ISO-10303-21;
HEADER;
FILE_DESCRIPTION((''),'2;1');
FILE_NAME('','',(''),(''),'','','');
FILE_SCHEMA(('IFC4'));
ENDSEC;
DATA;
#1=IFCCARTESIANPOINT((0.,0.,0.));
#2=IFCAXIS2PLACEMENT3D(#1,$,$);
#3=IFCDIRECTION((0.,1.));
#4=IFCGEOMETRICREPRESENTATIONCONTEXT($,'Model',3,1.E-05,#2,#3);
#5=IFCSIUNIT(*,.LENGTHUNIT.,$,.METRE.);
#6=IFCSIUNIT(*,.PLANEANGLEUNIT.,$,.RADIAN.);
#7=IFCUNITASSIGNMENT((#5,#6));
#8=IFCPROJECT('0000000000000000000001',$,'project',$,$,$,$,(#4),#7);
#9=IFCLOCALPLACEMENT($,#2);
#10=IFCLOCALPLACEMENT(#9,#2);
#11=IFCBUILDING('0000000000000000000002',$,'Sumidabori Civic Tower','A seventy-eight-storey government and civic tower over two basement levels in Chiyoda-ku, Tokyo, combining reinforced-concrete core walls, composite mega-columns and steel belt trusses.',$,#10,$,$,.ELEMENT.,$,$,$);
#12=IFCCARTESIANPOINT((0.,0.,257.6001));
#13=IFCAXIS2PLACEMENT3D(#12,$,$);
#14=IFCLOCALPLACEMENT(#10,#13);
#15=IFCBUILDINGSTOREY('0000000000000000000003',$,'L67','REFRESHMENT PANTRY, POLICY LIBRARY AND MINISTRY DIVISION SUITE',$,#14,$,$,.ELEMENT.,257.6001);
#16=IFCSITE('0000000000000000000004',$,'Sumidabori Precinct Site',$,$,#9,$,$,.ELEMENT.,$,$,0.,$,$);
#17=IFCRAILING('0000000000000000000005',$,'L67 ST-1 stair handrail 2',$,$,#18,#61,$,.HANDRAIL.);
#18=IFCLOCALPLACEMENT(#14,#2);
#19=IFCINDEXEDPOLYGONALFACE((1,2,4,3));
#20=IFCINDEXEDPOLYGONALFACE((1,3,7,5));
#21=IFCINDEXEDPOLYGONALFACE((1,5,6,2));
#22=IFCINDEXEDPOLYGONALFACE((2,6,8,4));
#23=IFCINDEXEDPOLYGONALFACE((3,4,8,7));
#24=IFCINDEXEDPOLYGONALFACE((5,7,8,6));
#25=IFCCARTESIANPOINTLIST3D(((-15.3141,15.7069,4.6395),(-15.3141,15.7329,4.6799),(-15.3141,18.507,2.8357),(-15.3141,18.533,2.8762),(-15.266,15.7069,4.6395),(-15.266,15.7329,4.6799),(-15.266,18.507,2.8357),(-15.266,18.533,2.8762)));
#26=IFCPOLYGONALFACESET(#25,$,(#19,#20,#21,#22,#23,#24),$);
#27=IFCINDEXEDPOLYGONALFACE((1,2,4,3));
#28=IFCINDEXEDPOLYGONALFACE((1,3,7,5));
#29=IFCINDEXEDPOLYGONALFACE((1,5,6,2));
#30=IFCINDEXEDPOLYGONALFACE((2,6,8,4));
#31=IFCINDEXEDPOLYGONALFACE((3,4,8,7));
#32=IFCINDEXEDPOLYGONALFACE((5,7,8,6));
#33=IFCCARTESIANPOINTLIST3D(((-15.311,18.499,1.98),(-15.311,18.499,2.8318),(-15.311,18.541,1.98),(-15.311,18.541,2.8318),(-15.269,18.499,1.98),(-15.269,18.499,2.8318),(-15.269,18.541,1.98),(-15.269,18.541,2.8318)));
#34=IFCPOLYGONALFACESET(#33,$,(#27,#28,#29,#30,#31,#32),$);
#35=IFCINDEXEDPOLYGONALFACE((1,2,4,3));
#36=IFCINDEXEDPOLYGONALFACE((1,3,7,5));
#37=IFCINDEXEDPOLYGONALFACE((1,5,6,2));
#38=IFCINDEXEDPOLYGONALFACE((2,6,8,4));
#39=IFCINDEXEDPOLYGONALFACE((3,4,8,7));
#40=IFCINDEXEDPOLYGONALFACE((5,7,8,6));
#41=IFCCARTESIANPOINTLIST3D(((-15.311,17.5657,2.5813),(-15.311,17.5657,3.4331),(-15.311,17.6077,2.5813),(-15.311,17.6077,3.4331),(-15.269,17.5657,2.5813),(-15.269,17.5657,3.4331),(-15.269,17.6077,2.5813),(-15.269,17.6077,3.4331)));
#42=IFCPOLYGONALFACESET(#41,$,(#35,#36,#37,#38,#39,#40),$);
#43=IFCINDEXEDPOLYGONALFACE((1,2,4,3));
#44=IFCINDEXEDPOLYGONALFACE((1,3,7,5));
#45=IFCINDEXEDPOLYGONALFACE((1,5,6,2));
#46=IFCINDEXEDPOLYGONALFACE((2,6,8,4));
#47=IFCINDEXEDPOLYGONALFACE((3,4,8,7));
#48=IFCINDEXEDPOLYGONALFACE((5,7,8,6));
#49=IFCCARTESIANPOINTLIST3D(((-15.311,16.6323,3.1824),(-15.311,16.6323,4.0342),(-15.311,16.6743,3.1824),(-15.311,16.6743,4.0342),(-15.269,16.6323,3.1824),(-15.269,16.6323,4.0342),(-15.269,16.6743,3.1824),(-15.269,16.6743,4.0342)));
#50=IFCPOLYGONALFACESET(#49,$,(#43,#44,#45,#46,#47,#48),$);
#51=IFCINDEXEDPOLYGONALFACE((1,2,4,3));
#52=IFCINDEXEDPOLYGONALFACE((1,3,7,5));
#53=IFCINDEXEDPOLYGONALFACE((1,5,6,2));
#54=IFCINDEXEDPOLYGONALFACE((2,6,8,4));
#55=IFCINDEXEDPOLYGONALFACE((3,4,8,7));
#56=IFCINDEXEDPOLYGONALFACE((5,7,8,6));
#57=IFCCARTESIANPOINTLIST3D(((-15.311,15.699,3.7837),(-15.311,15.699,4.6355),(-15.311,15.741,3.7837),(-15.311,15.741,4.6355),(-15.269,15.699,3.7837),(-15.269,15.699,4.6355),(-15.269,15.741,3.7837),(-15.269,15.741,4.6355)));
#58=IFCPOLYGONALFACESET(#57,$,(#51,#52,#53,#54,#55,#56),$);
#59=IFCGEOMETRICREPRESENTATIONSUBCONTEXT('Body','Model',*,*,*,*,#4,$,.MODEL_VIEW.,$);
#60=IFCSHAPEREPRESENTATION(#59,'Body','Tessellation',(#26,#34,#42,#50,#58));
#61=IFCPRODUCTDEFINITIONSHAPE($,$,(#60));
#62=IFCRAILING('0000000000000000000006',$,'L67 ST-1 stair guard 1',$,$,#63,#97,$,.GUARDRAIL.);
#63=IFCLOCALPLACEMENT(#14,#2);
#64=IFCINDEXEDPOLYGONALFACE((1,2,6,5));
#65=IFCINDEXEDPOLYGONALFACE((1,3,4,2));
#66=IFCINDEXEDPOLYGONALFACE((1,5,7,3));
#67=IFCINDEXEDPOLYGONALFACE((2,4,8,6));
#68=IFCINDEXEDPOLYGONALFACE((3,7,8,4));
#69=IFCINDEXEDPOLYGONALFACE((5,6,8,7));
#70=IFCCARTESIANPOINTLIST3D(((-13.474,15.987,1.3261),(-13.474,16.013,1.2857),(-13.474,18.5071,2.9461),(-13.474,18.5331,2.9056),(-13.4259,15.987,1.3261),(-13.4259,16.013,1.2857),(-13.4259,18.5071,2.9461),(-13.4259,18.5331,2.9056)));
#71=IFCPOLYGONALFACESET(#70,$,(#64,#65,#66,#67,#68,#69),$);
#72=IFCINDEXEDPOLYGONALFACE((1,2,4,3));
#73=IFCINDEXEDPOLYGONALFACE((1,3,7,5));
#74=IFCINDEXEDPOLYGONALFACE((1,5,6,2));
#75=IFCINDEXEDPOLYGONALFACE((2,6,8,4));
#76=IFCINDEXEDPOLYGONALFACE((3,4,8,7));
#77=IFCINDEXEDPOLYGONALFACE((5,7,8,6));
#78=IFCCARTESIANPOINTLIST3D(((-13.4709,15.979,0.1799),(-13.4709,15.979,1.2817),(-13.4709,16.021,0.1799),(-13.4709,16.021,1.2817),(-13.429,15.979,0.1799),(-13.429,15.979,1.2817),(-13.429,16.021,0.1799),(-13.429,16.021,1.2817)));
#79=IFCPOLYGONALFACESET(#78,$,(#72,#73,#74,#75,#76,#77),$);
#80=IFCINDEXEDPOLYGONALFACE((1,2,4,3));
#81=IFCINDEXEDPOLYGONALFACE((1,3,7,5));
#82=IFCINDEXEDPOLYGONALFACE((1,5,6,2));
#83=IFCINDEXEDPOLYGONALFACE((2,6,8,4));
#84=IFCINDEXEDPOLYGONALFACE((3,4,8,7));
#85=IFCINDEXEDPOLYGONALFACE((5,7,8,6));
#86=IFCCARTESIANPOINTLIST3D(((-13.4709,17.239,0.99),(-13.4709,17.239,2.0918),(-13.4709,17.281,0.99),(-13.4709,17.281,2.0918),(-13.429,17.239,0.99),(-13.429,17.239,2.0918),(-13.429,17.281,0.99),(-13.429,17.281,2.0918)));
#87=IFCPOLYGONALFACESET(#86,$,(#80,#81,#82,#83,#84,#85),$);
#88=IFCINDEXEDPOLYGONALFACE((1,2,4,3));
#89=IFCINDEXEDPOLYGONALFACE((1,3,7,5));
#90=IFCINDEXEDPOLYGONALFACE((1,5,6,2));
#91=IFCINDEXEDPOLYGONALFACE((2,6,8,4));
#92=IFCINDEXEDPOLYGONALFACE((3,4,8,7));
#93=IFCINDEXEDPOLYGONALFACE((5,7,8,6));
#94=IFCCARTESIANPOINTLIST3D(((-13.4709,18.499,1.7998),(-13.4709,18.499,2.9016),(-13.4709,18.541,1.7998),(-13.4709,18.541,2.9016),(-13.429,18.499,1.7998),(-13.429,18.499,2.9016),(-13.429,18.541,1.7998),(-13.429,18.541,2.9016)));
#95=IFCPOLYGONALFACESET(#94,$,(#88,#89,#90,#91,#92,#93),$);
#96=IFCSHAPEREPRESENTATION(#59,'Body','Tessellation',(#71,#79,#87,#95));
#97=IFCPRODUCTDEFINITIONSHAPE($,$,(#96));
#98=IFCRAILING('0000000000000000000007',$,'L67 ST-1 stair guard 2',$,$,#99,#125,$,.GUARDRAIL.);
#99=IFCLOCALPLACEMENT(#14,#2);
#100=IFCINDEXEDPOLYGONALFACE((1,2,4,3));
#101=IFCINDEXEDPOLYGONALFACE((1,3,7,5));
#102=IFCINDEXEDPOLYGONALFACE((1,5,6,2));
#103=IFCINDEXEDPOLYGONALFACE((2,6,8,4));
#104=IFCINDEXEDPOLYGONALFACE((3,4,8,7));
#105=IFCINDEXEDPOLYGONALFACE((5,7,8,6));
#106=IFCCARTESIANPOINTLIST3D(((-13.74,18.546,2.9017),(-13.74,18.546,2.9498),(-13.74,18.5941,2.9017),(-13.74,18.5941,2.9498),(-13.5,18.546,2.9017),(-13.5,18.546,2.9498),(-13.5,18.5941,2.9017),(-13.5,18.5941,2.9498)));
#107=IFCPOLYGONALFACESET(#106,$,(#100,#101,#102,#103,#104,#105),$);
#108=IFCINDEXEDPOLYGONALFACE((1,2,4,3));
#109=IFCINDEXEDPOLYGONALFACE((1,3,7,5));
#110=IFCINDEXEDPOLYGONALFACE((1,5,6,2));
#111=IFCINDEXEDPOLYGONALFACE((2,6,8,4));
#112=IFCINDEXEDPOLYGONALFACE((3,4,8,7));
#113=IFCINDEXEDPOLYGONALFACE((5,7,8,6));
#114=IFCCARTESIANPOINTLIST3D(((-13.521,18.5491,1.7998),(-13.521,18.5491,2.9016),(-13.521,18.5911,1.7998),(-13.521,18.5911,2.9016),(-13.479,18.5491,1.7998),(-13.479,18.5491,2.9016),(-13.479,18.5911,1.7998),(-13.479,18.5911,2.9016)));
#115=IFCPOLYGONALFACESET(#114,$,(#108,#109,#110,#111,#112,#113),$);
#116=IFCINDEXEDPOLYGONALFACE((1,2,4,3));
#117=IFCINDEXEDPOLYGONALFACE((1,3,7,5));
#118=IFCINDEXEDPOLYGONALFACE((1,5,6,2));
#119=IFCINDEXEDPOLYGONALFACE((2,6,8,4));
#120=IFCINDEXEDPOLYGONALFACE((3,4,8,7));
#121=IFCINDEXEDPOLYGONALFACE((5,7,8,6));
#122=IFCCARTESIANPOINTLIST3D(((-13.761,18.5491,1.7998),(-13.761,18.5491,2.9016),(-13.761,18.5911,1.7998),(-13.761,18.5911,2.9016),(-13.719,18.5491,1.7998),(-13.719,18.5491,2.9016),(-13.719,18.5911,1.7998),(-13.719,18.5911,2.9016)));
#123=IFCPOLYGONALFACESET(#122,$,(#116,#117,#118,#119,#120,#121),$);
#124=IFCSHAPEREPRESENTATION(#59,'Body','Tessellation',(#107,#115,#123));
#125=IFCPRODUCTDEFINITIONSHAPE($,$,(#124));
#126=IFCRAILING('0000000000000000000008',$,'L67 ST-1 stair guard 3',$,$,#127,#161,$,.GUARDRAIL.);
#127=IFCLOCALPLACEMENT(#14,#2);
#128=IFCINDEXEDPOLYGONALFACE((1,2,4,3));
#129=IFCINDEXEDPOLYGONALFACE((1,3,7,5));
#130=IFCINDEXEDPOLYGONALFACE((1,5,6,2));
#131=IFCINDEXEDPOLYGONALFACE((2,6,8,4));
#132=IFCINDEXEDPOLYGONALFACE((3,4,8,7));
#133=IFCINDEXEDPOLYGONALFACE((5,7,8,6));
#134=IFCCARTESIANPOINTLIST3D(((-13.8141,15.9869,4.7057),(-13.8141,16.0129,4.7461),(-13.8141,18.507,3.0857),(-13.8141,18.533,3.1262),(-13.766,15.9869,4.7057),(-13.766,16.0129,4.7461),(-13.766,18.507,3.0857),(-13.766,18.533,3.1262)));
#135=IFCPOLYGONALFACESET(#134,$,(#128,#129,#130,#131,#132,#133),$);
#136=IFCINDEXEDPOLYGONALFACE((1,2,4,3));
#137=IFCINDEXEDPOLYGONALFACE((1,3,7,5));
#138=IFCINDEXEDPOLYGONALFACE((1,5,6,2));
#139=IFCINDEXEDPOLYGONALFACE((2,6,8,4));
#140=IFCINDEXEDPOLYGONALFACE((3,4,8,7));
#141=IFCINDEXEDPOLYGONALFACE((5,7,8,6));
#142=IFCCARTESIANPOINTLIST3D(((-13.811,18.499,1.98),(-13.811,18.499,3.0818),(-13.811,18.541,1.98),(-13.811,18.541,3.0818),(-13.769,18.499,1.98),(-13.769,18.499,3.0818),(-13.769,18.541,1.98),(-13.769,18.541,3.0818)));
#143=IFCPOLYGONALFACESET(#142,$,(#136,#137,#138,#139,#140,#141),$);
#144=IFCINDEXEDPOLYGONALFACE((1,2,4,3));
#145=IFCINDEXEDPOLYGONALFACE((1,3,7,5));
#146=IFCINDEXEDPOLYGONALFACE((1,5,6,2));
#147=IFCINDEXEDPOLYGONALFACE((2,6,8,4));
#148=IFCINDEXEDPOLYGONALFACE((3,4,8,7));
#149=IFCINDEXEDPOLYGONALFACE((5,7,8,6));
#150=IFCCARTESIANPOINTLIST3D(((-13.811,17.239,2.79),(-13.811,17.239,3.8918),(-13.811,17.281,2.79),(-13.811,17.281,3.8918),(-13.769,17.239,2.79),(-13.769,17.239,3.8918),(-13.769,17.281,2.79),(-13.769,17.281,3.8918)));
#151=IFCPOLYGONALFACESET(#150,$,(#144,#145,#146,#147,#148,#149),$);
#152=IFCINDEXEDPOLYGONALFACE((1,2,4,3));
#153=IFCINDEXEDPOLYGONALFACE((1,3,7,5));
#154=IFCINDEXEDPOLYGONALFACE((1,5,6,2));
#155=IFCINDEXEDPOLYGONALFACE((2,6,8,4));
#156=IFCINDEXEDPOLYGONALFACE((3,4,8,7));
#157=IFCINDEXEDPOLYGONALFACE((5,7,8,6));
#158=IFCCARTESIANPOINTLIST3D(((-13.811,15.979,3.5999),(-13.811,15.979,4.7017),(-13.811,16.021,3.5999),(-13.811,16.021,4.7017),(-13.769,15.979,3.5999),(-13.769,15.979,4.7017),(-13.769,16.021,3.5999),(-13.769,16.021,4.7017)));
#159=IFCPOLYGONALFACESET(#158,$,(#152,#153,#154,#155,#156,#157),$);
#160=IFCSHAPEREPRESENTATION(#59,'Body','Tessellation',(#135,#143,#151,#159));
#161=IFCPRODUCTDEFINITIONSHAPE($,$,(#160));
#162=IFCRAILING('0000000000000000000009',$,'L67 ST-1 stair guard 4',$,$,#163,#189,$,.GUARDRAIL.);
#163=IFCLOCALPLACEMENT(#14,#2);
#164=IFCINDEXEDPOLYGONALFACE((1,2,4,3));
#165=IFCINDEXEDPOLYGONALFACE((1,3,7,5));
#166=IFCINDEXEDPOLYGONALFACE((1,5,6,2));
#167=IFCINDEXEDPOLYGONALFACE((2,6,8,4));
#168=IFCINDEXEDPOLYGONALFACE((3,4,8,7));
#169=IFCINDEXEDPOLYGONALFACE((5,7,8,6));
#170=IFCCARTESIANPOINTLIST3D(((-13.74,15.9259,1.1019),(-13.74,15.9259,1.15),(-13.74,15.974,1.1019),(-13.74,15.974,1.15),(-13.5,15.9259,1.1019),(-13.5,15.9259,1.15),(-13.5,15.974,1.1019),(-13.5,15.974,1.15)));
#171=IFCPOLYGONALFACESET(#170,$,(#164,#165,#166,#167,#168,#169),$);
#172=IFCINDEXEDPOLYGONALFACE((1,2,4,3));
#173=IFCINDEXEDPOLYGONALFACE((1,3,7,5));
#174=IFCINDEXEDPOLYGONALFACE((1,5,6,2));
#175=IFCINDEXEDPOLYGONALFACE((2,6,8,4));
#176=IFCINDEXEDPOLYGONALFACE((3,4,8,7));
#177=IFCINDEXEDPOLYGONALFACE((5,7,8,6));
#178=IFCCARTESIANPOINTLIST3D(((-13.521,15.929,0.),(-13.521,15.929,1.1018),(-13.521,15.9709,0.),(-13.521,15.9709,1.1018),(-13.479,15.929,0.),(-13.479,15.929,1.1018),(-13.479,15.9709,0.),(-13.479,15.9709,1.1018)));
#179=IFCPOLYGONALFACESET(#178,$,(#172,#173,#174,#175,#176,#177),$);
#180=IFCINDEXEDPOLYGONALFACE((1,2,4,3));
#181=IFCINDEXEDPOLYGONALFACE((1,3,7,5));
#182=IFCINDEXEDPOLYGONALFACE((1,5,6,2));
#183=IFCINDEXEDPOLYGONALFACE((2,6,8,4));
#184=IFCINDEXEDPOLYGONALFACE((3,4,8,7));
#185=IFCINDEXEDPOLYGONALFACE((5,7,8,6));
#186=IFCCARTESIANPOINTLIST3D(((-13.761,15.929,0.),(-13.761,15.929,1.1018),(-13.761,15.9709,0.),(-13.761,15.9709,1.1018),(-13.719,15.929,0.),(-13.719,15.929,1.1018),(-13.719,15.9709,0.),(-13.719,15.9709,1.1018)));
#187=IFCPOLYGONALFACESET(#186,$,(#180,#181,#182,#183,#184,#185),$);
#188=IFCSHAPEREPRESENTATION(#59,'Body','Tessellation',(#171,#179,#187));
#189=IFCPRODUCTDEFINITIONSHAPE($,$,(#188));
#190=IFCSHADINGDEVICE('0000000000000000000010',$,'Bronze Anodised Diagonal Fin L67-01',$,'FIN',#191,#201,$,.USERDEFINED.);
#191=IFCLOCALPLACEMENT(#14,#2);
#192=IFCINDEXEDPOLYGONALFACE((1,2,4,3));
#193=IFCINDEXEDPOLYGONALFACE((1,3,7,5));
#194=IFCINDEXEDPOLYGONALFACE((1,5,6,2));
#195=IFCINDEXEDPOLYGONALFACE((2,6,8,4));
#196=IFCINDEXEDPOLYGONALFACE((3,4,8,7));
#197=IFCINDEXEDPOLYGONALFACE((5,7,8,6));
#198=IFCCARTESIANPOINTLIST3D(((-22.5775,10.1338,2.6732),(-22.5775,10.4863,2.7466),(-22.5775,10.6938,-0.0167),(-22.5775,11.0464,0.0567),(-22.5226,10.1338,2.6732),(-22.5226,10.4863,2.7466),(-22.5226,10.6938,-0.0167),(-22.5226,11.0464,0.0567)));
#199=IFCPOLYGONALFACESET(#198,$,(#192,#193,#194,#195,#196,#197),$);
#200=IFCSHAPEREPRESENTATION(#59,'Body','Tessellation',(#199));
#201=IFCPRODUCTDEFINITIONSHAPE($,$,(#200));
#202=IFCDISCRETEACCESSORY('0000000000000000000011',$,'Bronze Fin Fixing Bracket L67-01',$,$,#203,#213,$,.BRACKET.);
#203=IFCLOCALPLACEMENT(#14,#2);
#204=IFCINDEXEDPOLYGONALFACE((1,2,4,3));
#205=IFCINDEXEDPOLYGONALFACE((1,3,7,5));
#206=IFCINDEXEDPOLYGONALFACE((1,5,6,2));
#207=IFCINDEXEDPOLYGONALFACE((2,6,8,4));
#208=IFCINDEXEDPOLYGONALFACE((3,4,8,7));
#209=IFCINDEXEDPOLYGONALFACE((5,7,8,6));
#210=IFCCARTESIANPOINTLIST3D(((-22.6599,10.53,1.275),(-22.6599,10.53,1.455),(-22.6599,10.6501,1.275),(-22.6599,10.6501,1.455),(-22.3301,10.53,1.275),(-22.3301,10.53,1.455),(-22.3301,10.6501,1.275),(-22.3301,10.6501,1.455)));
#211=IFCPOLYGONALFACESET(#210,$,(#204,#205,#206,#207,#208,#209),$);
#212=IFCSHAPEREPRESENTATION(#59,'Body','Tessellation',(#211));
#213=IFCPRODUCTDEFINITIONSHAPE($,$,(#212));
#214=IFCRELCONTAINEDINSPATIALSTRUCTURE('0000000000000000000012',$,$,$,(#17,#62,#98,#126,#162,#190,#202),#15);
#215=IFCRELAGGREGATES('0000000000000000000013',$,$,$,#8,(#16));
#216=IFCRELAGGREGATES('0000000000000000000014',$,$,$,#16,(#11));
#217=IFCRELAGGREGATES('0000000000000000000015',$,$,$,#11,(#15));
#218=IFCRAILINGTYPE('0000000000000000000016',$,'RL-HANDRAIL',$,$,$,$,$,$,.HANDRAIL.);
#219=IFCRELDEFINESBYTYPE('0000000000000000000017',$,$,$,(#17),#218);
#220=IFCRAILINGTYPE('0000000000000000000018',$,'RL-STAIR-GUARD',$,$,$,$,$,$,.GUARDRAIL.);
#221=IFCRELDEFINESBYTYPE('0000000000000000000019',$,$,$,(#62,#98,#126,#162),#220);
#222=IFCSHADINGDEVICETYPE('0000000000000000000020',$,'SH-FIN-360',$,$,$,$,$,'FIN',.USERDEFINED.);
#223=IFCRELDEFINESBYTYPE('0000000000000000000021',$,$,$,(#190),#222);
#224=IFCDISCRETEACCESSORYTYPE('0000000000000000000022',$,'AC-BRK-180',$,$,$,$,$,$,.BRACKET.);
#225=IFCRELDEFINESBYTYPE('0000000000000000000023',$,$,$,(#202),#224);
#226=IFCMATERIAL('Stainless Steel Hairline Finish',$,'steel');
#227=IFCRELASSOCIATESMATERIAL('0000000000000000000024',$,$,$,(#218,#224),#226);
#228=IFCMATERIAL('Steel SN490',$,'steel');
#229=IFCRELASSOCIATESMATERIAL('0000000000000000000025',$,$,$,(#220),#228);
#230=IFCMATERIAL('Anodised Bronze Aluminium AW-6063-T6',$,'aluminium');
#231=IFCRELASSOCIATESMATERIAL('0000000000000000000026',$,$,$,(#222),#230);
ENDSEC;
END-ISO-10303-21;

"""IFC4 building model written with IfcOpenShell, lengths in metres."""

from ifc_helpers import new_model, si_unit, direction, frame, origin, origin_2d, place, context, subcontext, project, spatial, rectangle, extrude, source, transform, mapped, material, material_profile, profile_set, type_object, element, save


model = new_model("IFC4")

# Units and contexts
model_context = context("Model", 3, precision=1e-05, world=origin(), true_north=direction((0.0, 1.0)))
body_context = subcontext(model_context, "Body", "Model", "MODEL_VIEW")
ifc_project = project(units=[si_unit("LENGTHUNIT", "METRE"), si_unit("PLANEANGLEUNIT", "RADIAN")], contexts=[model_context])

# Site, building, storey
site_placement = place(None, origin())
site = spatial("IfcSite", under=ifc_project, at=site_placement, Name="Sumidabori Precinct Site", CompositionType="ELEMENT", RefElevation=0.0)
building_placement = place(site_placement, origin())
building = spatial("IfcBuilding", under=site, at=building_placement, Name="Sumidabori Civic Tower", Description="A seventy-eight-storey government and civic tower over two basement levels in Chiyoda-ku, Tokyo, combining reinforced-concrete core walls, composite mega-columns and steel belt trusses.", CompositionType="ELEMENT")
storey_placement = place(building_placement, frame((0.0, 0.0, 257.6001)))
storey = spatial("IfcBuildingStorey", under=building, at=storey_placement, Name="L67", Description="REFRESHMENT PANTRY, POLICY LIBRARY AND MINISTRY DIVISION SUITE", CompositionType="ELEMENT", Elevation=257.6001)

# Shared definitions
ifc_material_1 = material(Name="Steel SN490", Category="steel")

# Shared definitions
ifc_material_2 = material(Name="Anodised Bronze Aluminium AW-6063-T6", Category="aluminium")

# Railings
ifc_material_3 = material(Name="Stainless Steel Hairline Finish", Category="steel")
railing_type_1 = type_object("IfcRailingType", Name="RL-HANDRAIL", PredefinedType="HANDRAIL", material=ifc_material_3)
railing_1_placement = place(storey_placement, frame((-15.29, 18.52, 1.98)))
element("IfcRailing", 1, at=railing_1_placement, inside=storey, type_object=railing_type_1, Name="L67 ST-1 stair handrail 2", PredefinedType="HANDRAIL", context=body_context, shape_type="SweptSolid", body=[
    extrude(rectangle(XDim=0.0481, YDim=0.0481, at=origin_2d()), frame((0.0, 0.0, 0.876), z_axis=(0.0, -0.840676, 0.541539), x_axis=(1.0, 0.0, 0.0)), (0.0, 0.0, 1.0), 3.3308),
    extrude(rectangle(XDim=0.042, YDim=0.042, at=origin_2d()), origin(), (0.0, 0.0, 1.0), 0.8518),
    extrude(rectangle(XDim=0.042, YDim=0.042, at=origin_2d()), frame((0.0, -0.9333, 0.6013)), (0.0, 0.0, 1.0), 0.8518),
    extrude(rectangle(XDim=0.042, YDim=0.042, at=origin_2d()), frame((0.0, -1.8667, 1.2024)), (0.0, 0.0, 1.0), 0.8518),
    extrude(rectangle(XDim=0.042, YDim=0.042, at=origin_2d()), frame((0.0, -2.8, 1.8037)), (0.0, 0.0, 1.0), 0.8518),
])
railing_type_2 = type_object("IfcRailingType", Name="RL-STAIR-GUARD", PredefinedType="GUARDRAIL", material=ifc_material_1)
railing_2_placement = place(storey_placement, frame((-13.45, 16.0, 0.1799)))
element("IfcRailing", 2, at=railing_2_placement, inside=storey, type_object=railing_type_2, Name="L67 ST-1 stair guard 1", PredefinedType="GUARDRAIL", context=body_context, shape_type="SweptSolid", body=[
    extrude(rectangle(XDim=0.0481, YDim=0.0481, at=origin_2d()), frame((0.0, 0.0, 1.126), z_axis=(0.0, 0.8412, 0.540725), x_axis=(-1.0, 0.0, 0.0)), (0.0, 0.0, 1.0), 2.9958),
    extrude(rectangle(XDim=0.042, YDim=0.042, at=origin_2d()), origin(), (0.0, 0.0, 1.0), 1.1018),
    extrude(rectangle(XDim=0.042, YDim=0.042, at=origin_2d()), frame((0.0, 1.26, 0.8101)), (0.0, 0.0, 1.0), 1.1018),
    extrude(rectangle(XDim=0.042, YDim=0.042, at=origin_2d()), frame((0.0, 2.52, 1.6199)), (0.0, 0.0, 1.0), 1.1018),
])
railing_3_placement = place(storey_placement, frame((-13.5, 18.5701, 1.7998)))
element("IfcRailing", 3, at=railing_3_placement, inside=storey, type_object=railing_type_2, Name="L67 ST-1 stair guard 2", PredefinedType="GUARDRAIL", context=body_context, shape_type="SweptSolid", body=[
    extrude(rectangle(XDim=0.0481, YDim=0.0481, at=origin_2d()), frame((0.0, 0.0, 1.126), z_axis=(-1.0, 0.0, 0.0), x_axis=(0.0, -1.0, 0.0)), (0.0, 0.0, 1.0), 0.24),
    extrude(rectangle(XDim=0.042, YDim=0.042, at=origin_2d()), origin(), (0.0, 0.0, 1.0), 1.1018),
    extrude(rectangle(XDim=0.042, YDim=0.042, at=origin_2d()), frame((-0.24, 0.0, 0.0)), (0.0, 0.0, 1.0), 1.1018),
])
railing_4_placement = place(storey_placement, frame((-13.79, 18.52, 1.98)))
element("IfcRailing", 4, at=railing_4_placement, inside=storey, type_object=railing_type_2, Name="L67 ST-1 stair guard 3", PredefinedType="GUARDRAIL", context=body_context, shape_type="SweptSolid", body=[
    extrude(rectangle(XDim=0.0481, YDim=0.0481, at=origin_2d()), frame((0.0, 0.0, 1.126), z_axis=(0.0, -0.8412, 0.540725), x_axis=(1.0, 0.0, 0.0)), (0.0, 0.0, 1.0), 2.9958),
    extrude(rectangle(XDim=0.042, YDim=0.042, at=origin_2d()), origin(), (0.0, 0.0, 1.0), 1.1018),
    extrude(rectangle(XDim=0.042, YDim=0.042, at=origin_2d()), frame((0.0, -1.26, 0.8101)), (0.0, 0.0, 1.0), 1.1018),
    extrude(rectangle(XDim=0.042, YDim=0.042, at=origin_2d()), frame((0.0, -2.52, 1.6199)), (0.0, 0.0, 1.0), 1.1018),
])
railing_5_placement = place(storey_placement, frame((-13.5, 15.95, 0.0)))
element("IfcRailing", 5, at=railing_5_placement, inside=storey, type_object=railing_type_2, Name="L67 ST-1 stair guard 4", PredefinedType="GUARDRAIL", context=body_context, shape_type="SweptSolid", body=[
    extrude(rectangle(XDim=0.0481, YDim=0.0481, at=origin_2d()), frame((0.0, 0.0, 1.126), z_axis=(-1.0, 0.0, 0.0), x_axis=(0.0, -1.0, 0.0)), (0.0, 0.0, 1.0), 0.24),
    extrude(rectangle(XDim=0.042, YDim=0.042, at=origin_2d()), origin(), (0.0, 0.0, 1.0), 1.1018),
    extrude(rectangle(XDim=0.042, YDim=0.042, at=origin_2d()), frame((-0.24, 0.0, 0.0)), (0.0, 0.0, 1.0), 1.1018),
])

# Shading device
ifc_material_profile_1 = material_profile(ifc_material_2, rectangle(XDim=0.0549, YDim=0.3601, at=origin_2d()), Name="BRONZE FIN 360x55")
ifc_profile_set_1 = profile_set([ifc_material_profile_1], Name="Anodised Bronze Aluminium AW-6063-T6")
shading_device_type = type_object("IfcShadingDeviceType", Name="SH-FIN-360", ElementType="FIN", PredefinedType="USERDEFINED", material=ifc_profile_set_1)
shared_shape_1 = source(origin(), body_context, "Body", "SweptSolid", [
    extrude(rectangle(XDim=0.0549, YDim=0.3601, at=origin_2d()), origin(), (0.0, 0.0, 1.0), 2.7476),
])
shading_device_placement = place(storey_placement, frame((-22.55, 10.8701, 0.02), z_axis=(0.0, -0.203834, 0.979006), x_axis=(-1.0, 0.0, 0.0)))
element("IfcShadingDevice", 6, at=shading_device_placement, inside=storey, type_object=shading_device_type, Name="Bronze Anodised Diagonal Fin L67-01", ObjectType="FIN", PredefinedType="USERDEFINED", context=body_context, shape_type="MappedRepresentation", body=[
    mapped(shared_shape_1, transform((0.0, 0.0, 0.0), x_axis=(1.0, 0.0, 0.0), y_axis=(0.0, 1.0, 0.0), z_axis=(0.0, 0.0, 1.0), scale=1.0)),
])

# Discrete accessory
ifc_material_profile_2 = material_profile(ifc_material_3, rectangle(XDim=0.1201, YDim=0.1799, at=origin_2d()), Name="STEEL BRACKET 180x120")
ifc_profile_set_2 = profile_set([ifc_material_profile_2], Name="Stainless Steel Hairline Finish")
discrete_accessory_type = type_object("IfcDiscreteAccessoryType", Name="AC-BRK-180", PredefinedType="BRACKET", material=ifc_profile_set_2)
shared_shape_2 = source(origin(), body_context, "Body", "SweptSolid", [
    extrude(rectangle(XDim=0.1201, YDim=0.1799, at=origin_2d()), origin(), (0.0, 0.0, 1.0), 0.3298),
])
discrete_accessory_placement = place(storey_placement, frame((-22.3301, 10.5901, 1.365), z_axis=(-1.0, 0.0, 0.0), x_axis=(0.0, -1.0, 0.0)))
element("IfcDiscreteAccessory", 7, at=discrete_accessory_placement, inside=storey, type_object=discrete_accessory_type, Name="Bronze Fin Fixing Bracket L67-01", PredefinedType="BRACKET", context=body_context, shape_type="MappedRepresentation", body=[
    mapped(shared_shape_2, transform((0.0, 0.0, 0.0), x_axis=(1.0, 0.0, 0.0), y_axis=(0.0, 1.0, 0.0), z_axis=(0.0, 0.0, 1.0), scale=1.0)),
])

save(model, "model.ifc")
